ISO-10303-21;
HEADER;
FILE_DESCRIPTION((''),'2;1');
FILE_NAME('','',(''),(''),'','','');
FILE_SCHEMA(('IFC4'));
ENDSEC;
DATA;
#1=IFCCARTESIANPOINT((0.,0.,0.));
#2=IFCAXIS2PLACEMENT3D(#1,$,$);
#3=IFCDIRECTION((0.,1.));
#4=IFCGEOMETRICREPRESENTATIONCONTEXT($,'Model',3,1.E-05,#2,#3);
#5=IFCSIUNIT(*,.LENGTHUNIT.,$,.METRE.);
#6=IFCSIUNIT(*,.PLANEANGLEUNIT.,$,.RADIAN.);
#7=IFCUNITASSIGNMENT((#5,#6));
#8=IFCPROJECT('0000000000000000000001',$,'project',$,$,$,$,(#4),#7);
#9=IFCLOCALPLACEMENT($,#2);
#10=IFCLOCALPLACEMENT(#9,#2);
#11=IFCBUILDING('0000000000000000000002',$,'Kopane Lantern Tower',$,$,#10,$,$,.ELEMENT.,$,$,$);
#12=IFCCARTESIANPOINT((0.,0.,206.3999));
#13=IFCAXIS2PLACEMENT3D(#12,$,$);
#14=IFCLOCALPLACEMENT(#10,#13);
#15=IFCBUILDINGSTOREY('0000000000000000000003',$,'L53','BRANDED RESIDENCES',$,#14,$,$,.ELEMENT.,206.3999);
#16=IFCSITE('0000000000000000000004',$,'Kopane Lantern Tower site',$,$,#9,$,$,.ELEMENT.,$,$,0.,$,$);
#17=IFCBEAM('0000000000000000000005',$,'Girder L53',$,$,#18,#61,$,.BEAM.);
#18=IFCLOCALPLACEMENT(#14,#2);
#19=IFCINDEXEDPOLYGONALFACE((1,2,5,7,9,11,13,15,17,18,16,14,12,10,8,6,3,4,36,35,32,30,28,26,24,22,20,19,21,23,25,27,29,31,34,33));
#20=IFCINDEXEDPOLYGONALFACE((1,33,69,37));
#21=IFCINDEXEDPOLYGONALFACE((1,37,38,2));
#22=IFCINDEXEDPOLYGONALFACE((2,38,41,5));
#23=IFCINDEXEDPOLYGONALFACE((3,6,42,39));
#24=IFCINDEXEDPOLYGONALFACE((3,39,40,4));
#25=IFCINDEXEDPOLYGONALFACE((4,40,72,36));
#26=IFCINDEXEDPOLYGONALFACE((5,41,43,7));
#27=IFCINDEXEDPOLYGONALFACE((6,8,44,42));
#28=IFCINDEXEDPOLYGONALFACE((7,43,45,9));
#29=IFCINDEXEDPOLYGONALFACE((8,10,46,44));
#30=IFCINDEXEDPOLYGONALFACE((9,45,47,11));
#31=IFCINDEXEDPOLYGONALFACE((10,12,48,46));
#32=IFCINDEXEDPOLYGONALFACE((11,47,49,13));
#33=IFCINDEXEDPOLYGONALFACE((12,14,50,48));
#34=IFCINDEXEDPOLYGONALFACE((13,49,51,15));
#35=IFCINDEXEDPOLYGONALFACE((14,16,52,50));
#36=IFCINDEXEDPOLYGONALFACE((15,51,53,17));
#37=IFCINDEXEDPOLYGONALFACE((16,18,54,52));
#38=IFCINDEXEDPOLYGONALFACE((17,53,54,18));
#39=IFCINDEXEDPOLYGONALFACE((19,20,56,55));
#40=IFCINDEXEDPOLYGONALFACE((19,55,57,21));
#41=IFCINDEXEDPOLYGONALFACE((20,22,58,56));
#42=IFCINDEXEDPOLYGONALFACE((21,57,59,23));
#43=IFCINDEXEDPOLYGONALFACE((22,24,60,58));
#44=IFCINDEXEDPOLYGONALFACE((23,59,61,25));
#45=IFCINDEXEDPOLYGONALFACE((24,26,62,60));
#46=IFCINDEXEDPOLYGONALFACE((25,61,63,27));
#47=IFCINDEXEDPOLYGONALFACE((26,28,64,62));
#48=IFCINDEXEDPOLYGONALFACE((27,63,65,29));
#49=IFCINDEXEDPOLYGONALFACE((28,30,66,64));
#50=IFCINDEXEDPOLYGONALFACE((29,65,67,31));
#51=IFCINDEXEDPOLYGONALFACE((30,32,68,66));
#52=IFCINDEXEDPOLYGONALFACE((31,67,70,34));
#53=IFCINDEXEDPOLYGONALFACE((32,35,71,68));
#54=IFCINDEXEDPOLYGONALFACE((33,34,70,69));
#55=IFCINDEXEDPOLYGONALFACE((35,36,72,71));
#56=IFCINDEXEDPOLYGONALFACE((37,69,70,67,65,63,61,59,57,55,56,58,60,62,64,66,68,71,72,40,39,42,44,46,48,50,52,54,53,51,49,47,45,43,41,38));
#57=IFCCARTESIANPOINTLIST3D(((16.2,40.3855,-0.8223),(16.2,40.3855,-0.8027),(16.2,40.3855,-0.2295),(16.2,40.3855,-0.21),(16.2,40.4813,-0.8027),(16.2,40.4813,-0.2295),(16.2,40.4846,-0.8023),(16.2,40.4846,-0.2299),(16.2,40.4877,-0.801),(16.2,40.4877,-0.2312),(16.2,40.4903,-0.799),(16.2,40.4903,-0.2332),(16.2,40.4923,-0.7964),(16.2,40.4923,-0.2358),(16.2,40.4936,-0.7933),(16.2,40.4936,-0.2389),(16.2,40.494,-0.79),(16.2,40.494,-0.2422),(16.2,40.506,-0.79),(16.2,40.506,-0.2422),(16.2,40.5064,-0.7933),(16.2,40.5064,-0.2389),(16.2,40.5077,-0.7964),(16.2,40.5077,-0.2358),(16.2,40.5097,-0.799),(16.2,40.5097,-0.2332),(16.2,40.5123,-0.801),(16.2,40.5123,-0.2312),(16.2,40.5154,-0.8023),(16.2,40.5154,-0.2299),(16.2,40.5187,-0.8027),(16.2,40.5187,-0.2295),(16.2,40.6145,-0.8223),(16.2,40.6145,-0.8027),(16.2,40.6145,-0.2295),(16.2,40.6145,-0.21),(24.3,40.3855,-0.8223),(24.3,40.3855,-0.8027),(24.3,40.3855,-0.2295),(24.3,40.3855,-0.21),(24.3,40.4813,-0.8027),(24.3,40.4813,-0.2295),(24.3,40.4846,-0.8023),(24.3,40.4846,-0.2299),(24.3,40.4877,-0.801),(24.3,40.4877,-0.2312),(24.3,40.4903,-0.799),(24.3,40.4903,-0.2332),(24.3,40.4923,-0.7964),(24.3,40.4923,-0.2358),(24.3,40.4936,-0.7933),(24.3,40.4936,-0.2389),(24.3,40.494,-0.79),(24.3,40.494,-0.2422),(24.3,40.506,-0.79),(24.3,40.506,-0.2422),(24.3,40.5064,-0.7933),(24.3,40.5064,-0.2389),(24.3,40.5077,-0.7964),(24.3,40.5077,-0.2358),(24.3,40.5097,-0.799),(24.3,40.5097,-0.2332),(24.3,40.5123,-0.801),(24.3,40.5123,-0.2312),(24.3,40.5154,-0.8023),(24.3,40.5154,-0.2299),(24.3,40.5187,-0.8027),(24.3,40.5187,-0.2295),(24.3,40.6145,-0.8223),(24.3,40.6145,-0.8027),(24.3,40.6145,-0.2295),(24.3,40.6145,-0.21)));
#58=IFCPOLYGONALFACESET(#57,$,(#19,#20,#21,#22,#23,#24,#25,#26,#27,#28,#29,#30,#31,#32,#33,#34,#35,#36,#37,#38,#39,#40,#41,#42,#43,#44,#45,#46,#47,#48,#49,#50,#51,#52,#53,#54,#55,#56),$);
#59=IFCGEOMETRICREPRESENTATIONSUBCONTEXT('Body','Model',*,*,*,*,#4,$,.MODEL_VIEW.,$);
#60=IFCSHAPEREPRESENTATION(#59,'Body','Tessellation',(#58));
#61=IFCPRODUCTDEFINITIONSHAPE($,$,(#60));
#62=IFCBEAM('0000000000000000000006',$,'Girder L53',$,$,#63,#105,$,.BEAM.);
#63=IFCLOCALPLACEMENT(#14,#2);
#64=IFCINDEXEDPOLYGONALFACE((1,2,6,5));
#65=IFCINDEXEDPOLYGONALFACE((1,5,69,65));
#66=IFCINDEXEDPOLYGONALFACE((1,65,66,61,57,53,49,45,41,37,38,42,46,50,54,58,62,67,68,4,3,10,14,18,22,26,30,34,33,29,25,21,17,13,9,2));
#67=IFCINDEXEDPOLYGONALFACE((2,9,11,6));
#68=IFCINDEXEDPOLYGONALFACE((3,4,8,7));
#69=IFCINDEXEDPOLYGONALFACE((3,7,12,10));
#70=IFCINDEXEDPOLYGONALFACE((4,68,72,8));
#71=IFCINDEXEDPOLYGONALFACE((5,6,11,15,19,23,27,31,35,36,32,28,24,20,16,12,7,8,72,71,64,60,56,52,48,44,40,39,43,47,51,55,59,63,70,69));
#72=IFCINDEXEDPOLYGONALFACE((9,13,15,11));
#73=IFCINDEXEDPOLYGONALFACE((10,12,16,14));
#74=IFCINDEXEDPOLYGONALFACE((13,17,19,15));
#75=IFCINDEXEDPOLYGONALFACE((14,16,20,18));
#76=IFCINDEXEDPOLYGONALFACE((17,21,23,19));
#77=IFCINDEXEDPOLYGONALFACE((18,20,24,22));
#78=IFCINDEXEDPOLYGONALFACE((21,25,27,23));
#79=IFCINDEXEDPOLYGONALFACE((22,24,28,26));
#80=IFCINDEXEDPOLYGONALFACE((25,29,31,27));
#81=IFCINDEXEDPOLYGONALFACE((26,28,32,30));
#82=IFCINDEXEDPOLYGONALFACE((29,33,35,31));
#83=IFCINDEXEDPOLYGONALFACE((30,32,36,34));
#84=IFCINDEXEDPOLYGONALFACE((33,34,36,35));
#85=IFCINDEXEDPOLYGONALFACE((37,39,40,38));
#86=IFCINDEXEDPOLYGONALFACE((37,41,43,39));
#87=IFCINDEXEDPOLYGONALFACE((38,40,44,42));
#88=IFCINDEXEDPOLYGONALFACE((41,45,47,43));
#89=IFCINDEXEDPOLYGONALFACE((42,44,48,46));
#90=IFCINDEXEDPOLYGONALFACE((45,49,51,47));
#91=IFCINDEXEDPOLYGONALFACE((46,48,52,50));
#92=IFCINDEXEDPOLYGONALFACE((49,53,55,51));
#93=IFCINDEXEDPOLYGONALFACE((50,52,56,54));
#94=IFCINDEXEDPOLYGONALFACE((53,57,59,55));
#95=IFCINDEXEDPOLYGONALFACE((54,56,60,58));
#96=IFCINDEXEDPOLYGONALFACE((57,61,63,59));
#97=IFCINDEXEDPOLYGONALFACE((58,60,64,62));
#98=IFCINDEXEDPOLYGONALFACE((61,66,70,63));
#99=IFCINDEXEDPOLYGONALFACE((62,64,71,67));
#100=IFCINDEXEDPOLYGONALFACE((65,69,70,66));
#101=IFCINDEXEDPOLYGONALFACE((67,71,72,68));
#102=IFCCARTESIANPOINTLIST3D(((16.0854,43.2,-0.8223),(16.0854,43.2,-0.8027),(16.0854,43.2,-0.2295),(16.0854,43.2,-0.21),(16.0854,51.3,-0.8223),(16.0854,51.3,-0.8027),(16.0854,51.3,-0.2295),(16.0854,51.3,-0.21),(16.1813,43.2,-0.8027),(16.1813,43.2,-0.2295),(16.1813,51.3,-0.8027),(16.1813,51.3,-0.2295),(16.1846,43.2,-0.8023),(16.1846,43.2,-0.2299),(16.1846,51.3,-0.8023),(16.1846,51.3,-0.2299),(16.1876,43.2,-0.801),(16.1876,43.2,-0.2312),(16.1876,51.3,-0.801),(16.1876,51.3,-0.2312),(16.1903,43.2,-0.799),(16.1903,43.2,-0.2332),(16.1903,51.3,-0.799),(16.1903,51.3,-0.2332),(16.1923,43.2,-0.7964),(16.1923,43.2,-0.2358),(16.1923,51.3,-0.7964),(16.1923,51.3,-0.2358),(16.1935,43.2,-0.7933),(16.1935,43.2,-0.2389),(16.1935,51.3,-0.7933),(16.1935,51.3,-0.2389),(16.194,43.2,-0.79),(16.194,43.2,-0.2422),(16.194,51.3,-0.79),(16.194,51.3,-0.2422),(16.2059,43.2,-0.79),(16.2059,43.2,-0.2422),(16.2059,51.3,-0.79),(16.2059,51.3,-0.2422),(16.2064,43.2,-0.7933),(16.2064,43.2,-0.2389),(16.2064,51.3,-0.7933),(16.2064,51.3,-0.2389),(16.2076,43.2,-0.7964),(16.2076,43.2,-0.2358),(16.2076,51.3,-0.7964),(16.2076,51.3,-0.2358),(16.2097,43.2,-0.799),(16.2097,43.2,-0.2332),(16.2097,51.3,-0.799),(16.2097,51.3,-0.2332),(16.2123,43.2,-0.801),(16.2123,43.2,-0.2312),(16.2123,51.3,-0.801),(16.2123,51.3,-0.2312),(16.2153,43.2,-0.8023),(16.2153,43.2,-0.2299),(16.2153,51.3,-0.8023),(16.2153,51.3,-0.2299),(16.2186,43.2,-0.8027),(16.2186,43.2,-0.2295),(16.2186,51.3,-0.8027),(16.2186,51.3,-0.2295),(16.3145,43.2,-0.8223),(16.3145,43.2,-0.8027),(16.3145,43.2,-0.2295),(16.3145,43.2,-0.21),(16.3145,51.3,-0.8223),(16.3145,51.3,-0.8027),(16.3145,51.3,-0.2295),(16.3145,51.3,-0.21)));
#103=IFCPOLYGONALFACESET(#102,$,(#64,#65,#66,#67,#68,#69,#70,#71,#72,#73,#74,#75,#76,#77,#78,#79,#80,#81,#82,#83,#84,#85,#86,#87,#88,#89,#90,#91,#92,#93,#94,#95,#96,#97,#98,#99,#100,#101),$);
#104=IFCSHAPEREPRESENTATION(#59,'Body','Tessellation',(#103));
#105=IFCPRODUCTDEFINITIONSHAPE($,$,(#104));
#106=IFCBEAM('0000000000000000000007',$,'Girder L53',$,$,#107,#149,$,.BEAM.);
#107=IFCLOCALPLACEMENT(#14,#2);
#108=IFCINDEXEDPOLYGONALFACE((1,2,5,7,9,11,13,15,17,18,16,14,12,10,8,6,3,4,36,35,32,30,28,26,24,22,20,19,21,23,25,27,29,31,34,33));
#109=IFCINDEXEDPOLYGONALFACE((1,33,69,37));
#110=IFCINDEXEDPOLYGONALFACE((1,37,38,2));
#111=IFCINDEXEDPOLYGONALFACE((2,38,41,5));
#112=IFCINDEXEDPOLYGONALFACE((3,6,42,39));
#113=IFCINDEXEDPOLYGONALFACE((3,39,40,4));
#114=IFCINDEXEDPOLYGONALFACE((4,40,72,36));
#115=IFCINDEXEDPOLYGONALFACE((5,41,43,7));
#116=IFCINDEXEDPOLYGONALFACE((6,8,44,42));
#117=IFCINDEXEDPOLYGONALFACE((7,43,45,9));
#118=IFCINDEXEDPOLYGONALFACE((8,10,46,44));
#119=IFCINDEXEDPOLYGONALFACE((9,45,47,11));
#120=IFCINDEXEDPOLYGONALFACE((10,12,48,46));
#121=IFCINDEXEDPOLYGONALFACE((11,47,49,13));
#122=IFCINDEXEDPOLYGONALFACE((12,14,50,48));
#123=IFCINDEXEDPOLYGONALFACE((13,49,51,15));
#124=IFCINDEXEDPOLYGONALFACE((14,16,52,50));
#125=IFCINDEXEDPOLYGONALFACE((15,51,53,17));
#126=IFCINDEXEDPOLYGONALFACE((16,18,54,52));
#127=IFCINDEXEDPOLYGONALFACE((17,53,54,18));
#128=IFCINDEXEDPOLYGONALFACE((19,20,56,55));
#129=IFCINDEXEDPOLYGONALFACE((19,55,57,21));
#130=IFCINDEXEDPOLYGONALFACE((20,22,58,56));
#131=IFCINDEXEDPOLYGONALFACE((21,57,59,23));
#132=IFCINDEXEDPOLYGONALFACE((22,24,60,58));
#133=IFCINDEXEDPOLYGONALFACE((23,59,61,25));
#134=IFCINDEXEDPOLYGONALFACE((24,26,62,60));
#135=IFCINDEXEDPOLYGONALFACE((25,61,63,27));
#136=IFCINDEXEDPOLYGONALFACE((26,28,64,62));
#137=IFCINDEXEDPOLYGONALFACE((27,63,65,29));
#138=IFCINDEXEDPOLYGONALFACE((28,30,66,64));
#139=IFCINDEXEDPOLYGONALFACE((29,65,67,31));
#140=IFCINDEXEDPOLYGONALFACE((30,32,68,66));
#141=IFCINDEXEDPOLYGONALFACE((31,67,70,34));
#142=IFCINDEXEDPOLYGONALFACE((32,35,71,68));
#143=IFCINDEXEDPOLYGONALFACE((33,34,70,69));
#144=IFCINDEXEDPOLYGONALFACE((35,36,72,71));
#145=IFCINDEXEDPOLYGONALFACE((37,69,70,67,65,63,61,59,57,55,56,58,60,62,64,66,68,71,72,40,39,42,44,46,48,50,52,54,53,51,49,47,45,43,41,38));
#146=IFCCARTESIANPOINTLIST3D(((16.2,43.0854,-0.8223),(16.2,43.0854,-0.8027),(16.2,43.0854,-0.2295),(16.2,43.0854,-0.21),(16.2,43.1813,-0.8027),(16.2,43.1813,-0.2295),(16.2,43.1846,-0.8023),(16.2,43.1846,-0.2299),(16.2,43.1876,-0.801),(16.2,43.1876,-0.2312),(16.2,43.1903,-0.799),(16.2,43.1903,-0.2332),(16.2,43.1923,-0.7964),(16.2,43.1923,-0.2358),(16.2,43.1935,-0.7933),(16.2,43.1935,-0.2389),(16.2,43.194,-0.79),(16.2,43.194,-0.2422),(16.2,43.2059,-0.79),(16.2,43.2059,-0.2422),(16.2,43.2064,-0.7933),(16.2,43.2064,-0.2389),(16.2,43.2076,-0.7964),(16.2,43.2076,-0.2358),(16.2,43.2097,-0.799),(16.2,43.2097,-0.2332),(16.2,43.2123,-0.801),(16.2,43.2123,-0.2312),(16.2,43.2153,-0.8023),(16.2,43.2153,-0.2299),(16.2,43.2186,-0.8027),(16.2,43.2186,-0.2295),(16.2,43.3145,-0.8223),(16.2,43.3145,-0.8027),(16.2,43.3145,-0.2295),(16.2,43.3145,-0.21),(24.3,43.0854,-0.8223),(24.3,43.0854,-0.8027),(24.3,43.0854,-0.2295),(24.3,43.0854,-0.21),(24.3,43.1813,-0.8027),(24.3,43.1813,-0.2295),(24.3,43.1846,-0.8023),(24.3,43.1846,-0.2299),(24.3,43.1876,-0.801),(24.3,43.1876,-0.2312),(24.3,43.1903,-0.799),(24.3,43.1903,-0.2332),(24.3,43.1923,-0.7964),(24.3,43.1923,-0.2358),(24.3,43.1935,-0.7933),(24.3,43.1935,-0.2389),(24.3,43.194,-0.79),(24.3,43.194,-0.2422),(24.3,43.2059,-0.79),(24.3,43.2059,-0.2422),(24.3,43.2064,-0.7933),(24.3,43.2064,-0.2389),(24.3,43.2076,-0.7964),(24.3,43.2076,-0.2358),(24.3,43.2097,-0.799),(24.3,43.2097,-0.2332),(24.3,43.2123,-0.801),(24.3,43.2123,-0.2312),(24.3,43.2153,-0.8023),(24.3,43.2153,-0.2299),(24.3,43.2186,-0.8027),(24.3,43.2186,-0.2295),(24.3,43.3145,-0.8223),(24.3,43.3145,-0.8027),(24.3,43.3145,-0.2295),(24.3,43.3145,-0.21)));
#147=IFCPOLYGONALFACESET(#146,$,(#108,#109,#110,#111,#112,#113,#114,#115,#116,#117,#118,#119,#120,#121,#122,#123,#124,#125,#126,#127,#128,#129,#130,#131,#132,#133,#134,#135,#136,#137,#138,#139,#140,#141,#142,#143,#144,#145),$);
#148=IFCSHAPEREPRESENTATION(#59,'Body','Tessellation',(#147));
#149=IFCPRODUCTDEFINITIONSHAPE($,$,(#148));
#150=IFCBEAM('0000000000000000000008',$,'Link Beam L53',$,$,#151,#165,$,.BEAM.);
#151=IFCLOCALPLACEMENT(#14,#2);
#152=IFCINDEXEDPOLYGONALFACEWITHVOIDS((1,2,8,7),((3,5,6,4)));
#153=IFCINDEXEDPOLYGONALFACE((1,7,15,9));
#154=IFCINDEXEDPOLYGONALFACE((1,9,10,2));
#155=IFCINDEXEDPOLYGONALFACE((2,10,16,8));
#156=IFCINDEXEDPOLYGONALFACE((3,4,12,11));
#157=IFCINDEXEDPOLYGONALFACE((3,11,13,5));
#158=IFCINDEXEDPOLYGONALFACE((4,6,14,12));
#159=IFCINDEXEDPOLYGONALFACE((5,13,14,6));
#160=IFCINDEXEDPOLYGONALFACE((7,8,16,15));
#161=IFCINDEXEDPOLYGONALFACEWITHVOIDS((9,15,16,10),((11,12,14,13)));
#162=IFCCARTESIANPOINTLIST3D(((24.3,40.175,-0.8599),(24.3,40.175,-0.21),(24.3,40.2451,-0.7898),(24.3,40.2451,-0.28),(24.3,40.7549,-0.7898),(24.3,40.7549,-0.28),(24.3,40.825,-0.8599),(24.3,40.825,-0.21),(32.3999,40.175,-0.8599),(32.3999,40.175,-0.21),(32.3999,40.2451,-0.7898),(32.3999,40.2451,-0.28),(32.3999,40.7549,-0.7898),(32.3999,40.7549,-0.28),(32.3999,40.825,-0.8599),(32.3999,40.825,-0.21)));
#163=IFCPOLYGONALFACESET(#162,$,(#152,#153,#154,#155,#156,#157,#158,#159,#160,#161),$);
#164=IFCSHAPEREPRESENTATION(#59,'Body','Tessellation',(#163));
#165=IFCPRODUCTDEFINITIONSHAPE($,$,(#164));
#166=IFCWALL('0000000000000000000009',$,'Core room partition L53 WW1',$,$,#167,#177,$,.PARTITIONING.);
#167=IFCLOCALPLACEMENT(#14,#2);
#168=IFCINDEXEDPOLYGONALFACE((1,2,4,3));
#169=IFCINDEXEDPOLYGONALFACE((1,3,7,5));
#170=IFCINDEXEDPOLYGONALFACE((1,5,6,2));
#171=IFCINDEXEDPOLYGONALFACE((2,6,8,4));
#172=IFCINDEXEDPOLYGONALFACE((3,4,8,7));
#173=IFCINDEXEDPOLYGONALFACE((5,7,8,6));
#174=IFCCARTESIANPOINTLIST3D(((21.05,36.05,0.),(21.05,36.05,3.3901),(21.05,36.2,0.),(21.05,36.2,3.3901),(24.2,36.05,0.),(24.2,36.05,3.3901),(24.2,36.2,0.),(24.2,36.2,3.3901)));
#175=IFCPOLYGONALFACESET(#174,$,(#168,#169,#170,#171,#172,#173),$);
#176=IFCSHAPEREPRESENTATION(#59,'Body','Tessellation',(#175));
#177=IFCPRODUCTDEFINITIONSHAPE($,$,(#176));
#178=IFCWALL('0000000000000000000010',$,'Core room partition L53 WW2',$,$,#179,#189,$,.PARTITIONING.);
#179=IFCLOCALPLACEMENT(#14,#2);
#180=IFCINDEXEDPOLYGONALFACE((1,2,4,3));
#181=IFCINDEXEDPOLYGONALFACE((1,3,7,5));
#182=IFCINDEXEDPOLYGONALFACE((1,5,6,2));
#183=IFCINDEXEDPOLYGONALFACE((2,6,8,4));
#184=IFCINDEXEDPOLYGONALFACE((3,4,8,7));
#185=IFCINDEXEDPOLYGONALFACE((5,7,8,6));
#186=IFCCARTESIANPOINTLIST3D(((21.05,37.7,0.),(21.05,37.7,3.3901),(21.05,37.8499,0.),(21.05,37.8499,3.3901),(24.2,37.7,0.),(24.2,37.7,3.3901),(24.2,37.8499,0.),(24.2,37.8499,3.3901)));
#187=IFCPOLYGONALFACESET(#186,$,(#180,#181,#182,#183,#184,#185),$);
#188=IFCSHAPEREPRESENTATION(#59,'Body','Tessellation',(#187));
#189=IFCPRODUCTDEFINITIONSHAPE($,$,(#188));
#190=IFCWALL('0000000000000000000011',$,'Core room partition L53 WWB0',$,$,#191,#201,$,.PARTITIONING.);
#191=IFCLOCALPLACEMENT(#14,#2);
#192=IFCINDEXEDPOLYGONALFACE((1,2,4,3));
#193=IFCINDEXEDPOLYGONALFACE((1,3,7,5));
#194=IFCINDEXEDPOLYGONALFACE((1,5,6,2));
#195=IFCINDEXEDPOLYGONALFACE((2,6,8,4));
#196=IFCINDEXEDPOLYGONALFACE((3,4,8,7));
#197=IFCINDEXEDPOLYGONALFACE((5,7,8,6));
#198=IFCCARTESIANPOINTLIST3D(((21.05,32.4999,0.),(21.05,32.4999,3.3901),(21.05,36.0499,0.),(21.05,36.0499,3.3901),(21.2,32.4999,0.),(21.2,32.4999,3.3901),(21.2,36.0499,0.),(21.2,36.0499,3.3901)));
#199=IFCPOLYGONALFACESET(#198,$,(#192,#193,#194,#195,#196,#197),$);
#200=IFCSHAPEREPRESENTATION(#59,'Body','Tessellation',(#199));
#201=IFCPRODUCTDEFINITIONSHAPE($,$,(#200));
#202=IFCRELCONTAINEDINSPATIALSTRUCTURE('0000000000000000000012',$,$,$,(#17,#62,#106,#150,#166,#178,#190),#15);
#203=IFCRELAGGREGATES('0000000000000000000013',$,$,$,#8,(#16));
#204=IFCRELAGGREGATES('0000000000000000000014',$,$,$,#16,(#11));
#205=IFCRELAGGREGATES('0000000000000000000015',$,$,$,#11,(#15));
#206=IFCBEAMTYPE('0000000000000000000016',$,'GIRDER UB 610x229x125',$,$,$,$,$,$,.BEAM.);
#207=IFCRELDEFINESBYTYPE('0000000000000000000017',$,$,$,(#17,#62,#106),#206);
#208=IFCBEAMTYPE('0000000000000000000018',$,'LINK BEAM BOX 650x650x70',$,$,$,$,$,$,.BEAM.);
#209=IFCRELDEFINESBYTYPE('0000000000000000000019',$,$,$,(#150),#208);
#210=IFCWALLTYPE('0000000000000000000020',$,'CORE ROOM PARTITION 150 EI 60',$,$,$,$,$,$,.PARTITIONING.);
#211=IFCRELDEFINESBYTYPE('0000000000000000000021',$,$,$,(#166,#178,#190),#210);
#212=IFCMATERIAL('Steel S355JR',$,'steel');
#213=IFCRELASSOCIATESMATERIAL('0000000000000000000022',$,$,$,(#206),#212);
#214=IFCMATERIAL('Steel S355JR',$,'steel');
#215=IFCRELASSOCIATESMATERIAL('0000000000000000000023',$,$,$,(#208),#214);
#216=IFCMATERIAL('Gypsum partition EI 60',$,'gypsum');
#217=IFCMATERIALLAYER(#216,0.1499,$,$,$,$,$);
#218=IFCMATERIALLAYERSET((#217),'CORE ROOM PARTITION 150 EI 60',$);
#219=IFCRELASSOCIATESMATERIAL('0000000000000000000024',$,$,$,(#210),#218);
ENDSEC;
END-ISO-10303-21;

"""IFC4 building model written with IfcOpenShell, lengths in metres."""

from ifc_helpers import new_model, si_unit, direction, frame, frame_2d, origin, origin_2d, place, context, subcontext, project, spatial, rectangle, hollow_rectangle, i_section, extrude, material, layer, layer_set, material_profile, profile_set, type_object, element, save


model = new_model("IFC4")

# Units and contexts
model_context = context("Model", 3, precision=1e-05, world=origin(), true_north=direction((0.0, 1.0)))
body_context = subcontext(model_context, "Body", "Model", "MODEL_VIEW")
ifc_project = project(units=[si_unit("LENGTHUNIT", "METRE"), si_unit("PLANEANGLEUNIT", "RADIAN")], contexts=[model_context])

# Site, building, storey
site_placement = place(None, origin())
site = spatial("IfcSite", under=ifc_project, at=site_placement, Name="Kopane Lantern Tower site", CompositionType="ELEMENT", RefElevation=0.0)
building_placement = place(site_placement, origin())
building = spatial("IfcBuilding", under=site, at=building_placement, Name="Kopane Lantern Tower", CompositionType="ELEMENT")
storey_placement = place(building_placement, frame((0.0, 0.0, 206.3999)))
storey = spatial("IfcBuildingStorey", under=building, at=storey_placement, Name="L53", Description="BRANDED RESIDENCES", CompositionType="ELEMENT", Elevation=206.3999)

# Beams
ifc_material_1 = material(Name="Steel S355JR", Category="steel")
ifc_material_profile_1 = material_profile(ifc_material_1, i_section(OverallWidth=0.229, OverallDepth=0.6123, WebThickness=0.012, FlangeThickness=0.0195, FilletRadius=0.0127, at=origin_2d()), Name="UB 610x229x125")
ifc_profile_set_1 = profile_set([ifc_material_profile_1], Name="Steel S355JR")
beam_type_1 = type_object("IfcBeamType", Name="GIRDER UB 610x229x125", PredefinedType="BEAM", material=ifc_profile_set_1)
for number, where, z_axis, x_axis, name in (
    (1, (16.2, 40.5, -0.5161), (1.0, 0.0, 0.0), (0.0, 1.0, 0.0), "Girder L53"),
    (2, (16.2, 43.2, -0.5161), (0.0, 1.0, 0.0), (-1.0, 0.0, 0.0), "Girder L53"),
    (3, (16.2, 43.2, -0.5161), (1.0, 0.0, 0.0), (0.0, 1.0, 0.0), "Girder L53"),
):
    element("IfcBeam", number, at=place(storey_placement, frame(where, z_axis=z_axis, x_axis=x_axis)), inside=storey, type_object=beam_type_1, Name=name, PredefinedType="BEAM", context=body_context, shape_type="SweptSolid", body=[
        extrude(i_section(OverallWidth=0.229, OverallDepth=0.6123, WebThickness=0.012, FlangeThickness=0.0195, FilletRadius=0.0127, at=origin_2d()), origin(), (0.0, 0.0, 1.0), 8.1001),
    ])
ifc_material_2 = material(Name="Steel S355JR", Category="steel")
ifc_material_profile_2 = material_profile(ifc_material_2, hollow_rectangle(XDim=0.6499, YDim=0.6499, WallThickness=0.0701, at=origin_2d()), Name="BOX 650x650x70")
ifc_profile_set_2 = profile_set([ifc_material_profile_2], Name="Steel S355JR")
beam_type_2 = type_object("IfcBeamType", Name="LINK BEAM BOX 650x650x70", PredefinedType="BEAM", material=ifc_profile_set_2)
beam_placement = place(storey_placement, frame((24.3, 40.5, -0.5349), z_axis=(1.0, 0.0, 0.0), x_axis=(0.0, 1.0, 0.0)))
element("IfcBeam", 4, at=beam_placement, inside=storey, type_object=beam_type_2, Name="Link Beam L53", PredefinedType="BEAM", context=body_context, shape_type="SweptSolid", body=[
    extrude(hollow_rectangle(XDim=0.6499, YDim=0.6499, WallThickness=0.0701, at=origin_2d()), origin(), (0.0, 0.0, 1.0), 8.0999),
])

# Walls
ifc_material_3 = material(Name="Gypsum partition EI 60", Category="gypsum")
ifc_layer_1 = layer(ifc_material_3, 0.1499)
ifc_layer_set_1 = layer_set([ifc_layer_1], Name="CORE ROOM PARTITION 150 EI 60")
wall_type_1 = type_object("IfcWallType", Name="CORE ROOM PARTITION 150 EI 60", PredefinedType="PARTITIONING", material=ifc_layer_set_1)
for number, where, z_axis, x_axis, name in (
    (5, (21.05, 36.125, 0.0), (0.0, 0.0, 1.0), (1.0, 0.0, 0.0), "Core room partition L53 WW1"),
    (6, (21.05, 37.7749, 0.0), (0.0, 0.0, 1.0), (1.0, 0.0, 0.0), "Core room partition L53 WW2"),
):
    element("IfcWall", number, at=place(storey_placement, frame(where, z_axis=z_axis, x_axis=x_axis)), inside=storey, type_object=wall_type_1, Name=name, PredefinedType="PARTITIONING", context=body_context, shape_type="SweptSolid", body=[
        extrude(rectangle(XDim=3.1499, YDim=0.1499, at=frame_2d((1.575, 0.0))), origin(), (0.0, 0.0, 1.0), 3.3901),
    ])
wall_1_placement = place(storey_placement, frame((21.125, 32.5, 0.0), z_axis=(0.0, 0.0, 1.0), x_axis=(0.0, 1.0, 0.0)))
element("IfcWall", 7, at=wall_1_placement, inside=storey, type_object=wall_type_1, Name="Core room partition L53 WWB0", PredefinedType="PARTITIONING", context=body_context, shape_type="SweptSolid", body=[
    extrude(rectangle(XDim=3.55, YDim=0.1499, at=frame_2d((1.7749, 0.0))), origin(), (0.0, 0.0, 1.0), 3.3901),
])

save(model, "model.ifc")
